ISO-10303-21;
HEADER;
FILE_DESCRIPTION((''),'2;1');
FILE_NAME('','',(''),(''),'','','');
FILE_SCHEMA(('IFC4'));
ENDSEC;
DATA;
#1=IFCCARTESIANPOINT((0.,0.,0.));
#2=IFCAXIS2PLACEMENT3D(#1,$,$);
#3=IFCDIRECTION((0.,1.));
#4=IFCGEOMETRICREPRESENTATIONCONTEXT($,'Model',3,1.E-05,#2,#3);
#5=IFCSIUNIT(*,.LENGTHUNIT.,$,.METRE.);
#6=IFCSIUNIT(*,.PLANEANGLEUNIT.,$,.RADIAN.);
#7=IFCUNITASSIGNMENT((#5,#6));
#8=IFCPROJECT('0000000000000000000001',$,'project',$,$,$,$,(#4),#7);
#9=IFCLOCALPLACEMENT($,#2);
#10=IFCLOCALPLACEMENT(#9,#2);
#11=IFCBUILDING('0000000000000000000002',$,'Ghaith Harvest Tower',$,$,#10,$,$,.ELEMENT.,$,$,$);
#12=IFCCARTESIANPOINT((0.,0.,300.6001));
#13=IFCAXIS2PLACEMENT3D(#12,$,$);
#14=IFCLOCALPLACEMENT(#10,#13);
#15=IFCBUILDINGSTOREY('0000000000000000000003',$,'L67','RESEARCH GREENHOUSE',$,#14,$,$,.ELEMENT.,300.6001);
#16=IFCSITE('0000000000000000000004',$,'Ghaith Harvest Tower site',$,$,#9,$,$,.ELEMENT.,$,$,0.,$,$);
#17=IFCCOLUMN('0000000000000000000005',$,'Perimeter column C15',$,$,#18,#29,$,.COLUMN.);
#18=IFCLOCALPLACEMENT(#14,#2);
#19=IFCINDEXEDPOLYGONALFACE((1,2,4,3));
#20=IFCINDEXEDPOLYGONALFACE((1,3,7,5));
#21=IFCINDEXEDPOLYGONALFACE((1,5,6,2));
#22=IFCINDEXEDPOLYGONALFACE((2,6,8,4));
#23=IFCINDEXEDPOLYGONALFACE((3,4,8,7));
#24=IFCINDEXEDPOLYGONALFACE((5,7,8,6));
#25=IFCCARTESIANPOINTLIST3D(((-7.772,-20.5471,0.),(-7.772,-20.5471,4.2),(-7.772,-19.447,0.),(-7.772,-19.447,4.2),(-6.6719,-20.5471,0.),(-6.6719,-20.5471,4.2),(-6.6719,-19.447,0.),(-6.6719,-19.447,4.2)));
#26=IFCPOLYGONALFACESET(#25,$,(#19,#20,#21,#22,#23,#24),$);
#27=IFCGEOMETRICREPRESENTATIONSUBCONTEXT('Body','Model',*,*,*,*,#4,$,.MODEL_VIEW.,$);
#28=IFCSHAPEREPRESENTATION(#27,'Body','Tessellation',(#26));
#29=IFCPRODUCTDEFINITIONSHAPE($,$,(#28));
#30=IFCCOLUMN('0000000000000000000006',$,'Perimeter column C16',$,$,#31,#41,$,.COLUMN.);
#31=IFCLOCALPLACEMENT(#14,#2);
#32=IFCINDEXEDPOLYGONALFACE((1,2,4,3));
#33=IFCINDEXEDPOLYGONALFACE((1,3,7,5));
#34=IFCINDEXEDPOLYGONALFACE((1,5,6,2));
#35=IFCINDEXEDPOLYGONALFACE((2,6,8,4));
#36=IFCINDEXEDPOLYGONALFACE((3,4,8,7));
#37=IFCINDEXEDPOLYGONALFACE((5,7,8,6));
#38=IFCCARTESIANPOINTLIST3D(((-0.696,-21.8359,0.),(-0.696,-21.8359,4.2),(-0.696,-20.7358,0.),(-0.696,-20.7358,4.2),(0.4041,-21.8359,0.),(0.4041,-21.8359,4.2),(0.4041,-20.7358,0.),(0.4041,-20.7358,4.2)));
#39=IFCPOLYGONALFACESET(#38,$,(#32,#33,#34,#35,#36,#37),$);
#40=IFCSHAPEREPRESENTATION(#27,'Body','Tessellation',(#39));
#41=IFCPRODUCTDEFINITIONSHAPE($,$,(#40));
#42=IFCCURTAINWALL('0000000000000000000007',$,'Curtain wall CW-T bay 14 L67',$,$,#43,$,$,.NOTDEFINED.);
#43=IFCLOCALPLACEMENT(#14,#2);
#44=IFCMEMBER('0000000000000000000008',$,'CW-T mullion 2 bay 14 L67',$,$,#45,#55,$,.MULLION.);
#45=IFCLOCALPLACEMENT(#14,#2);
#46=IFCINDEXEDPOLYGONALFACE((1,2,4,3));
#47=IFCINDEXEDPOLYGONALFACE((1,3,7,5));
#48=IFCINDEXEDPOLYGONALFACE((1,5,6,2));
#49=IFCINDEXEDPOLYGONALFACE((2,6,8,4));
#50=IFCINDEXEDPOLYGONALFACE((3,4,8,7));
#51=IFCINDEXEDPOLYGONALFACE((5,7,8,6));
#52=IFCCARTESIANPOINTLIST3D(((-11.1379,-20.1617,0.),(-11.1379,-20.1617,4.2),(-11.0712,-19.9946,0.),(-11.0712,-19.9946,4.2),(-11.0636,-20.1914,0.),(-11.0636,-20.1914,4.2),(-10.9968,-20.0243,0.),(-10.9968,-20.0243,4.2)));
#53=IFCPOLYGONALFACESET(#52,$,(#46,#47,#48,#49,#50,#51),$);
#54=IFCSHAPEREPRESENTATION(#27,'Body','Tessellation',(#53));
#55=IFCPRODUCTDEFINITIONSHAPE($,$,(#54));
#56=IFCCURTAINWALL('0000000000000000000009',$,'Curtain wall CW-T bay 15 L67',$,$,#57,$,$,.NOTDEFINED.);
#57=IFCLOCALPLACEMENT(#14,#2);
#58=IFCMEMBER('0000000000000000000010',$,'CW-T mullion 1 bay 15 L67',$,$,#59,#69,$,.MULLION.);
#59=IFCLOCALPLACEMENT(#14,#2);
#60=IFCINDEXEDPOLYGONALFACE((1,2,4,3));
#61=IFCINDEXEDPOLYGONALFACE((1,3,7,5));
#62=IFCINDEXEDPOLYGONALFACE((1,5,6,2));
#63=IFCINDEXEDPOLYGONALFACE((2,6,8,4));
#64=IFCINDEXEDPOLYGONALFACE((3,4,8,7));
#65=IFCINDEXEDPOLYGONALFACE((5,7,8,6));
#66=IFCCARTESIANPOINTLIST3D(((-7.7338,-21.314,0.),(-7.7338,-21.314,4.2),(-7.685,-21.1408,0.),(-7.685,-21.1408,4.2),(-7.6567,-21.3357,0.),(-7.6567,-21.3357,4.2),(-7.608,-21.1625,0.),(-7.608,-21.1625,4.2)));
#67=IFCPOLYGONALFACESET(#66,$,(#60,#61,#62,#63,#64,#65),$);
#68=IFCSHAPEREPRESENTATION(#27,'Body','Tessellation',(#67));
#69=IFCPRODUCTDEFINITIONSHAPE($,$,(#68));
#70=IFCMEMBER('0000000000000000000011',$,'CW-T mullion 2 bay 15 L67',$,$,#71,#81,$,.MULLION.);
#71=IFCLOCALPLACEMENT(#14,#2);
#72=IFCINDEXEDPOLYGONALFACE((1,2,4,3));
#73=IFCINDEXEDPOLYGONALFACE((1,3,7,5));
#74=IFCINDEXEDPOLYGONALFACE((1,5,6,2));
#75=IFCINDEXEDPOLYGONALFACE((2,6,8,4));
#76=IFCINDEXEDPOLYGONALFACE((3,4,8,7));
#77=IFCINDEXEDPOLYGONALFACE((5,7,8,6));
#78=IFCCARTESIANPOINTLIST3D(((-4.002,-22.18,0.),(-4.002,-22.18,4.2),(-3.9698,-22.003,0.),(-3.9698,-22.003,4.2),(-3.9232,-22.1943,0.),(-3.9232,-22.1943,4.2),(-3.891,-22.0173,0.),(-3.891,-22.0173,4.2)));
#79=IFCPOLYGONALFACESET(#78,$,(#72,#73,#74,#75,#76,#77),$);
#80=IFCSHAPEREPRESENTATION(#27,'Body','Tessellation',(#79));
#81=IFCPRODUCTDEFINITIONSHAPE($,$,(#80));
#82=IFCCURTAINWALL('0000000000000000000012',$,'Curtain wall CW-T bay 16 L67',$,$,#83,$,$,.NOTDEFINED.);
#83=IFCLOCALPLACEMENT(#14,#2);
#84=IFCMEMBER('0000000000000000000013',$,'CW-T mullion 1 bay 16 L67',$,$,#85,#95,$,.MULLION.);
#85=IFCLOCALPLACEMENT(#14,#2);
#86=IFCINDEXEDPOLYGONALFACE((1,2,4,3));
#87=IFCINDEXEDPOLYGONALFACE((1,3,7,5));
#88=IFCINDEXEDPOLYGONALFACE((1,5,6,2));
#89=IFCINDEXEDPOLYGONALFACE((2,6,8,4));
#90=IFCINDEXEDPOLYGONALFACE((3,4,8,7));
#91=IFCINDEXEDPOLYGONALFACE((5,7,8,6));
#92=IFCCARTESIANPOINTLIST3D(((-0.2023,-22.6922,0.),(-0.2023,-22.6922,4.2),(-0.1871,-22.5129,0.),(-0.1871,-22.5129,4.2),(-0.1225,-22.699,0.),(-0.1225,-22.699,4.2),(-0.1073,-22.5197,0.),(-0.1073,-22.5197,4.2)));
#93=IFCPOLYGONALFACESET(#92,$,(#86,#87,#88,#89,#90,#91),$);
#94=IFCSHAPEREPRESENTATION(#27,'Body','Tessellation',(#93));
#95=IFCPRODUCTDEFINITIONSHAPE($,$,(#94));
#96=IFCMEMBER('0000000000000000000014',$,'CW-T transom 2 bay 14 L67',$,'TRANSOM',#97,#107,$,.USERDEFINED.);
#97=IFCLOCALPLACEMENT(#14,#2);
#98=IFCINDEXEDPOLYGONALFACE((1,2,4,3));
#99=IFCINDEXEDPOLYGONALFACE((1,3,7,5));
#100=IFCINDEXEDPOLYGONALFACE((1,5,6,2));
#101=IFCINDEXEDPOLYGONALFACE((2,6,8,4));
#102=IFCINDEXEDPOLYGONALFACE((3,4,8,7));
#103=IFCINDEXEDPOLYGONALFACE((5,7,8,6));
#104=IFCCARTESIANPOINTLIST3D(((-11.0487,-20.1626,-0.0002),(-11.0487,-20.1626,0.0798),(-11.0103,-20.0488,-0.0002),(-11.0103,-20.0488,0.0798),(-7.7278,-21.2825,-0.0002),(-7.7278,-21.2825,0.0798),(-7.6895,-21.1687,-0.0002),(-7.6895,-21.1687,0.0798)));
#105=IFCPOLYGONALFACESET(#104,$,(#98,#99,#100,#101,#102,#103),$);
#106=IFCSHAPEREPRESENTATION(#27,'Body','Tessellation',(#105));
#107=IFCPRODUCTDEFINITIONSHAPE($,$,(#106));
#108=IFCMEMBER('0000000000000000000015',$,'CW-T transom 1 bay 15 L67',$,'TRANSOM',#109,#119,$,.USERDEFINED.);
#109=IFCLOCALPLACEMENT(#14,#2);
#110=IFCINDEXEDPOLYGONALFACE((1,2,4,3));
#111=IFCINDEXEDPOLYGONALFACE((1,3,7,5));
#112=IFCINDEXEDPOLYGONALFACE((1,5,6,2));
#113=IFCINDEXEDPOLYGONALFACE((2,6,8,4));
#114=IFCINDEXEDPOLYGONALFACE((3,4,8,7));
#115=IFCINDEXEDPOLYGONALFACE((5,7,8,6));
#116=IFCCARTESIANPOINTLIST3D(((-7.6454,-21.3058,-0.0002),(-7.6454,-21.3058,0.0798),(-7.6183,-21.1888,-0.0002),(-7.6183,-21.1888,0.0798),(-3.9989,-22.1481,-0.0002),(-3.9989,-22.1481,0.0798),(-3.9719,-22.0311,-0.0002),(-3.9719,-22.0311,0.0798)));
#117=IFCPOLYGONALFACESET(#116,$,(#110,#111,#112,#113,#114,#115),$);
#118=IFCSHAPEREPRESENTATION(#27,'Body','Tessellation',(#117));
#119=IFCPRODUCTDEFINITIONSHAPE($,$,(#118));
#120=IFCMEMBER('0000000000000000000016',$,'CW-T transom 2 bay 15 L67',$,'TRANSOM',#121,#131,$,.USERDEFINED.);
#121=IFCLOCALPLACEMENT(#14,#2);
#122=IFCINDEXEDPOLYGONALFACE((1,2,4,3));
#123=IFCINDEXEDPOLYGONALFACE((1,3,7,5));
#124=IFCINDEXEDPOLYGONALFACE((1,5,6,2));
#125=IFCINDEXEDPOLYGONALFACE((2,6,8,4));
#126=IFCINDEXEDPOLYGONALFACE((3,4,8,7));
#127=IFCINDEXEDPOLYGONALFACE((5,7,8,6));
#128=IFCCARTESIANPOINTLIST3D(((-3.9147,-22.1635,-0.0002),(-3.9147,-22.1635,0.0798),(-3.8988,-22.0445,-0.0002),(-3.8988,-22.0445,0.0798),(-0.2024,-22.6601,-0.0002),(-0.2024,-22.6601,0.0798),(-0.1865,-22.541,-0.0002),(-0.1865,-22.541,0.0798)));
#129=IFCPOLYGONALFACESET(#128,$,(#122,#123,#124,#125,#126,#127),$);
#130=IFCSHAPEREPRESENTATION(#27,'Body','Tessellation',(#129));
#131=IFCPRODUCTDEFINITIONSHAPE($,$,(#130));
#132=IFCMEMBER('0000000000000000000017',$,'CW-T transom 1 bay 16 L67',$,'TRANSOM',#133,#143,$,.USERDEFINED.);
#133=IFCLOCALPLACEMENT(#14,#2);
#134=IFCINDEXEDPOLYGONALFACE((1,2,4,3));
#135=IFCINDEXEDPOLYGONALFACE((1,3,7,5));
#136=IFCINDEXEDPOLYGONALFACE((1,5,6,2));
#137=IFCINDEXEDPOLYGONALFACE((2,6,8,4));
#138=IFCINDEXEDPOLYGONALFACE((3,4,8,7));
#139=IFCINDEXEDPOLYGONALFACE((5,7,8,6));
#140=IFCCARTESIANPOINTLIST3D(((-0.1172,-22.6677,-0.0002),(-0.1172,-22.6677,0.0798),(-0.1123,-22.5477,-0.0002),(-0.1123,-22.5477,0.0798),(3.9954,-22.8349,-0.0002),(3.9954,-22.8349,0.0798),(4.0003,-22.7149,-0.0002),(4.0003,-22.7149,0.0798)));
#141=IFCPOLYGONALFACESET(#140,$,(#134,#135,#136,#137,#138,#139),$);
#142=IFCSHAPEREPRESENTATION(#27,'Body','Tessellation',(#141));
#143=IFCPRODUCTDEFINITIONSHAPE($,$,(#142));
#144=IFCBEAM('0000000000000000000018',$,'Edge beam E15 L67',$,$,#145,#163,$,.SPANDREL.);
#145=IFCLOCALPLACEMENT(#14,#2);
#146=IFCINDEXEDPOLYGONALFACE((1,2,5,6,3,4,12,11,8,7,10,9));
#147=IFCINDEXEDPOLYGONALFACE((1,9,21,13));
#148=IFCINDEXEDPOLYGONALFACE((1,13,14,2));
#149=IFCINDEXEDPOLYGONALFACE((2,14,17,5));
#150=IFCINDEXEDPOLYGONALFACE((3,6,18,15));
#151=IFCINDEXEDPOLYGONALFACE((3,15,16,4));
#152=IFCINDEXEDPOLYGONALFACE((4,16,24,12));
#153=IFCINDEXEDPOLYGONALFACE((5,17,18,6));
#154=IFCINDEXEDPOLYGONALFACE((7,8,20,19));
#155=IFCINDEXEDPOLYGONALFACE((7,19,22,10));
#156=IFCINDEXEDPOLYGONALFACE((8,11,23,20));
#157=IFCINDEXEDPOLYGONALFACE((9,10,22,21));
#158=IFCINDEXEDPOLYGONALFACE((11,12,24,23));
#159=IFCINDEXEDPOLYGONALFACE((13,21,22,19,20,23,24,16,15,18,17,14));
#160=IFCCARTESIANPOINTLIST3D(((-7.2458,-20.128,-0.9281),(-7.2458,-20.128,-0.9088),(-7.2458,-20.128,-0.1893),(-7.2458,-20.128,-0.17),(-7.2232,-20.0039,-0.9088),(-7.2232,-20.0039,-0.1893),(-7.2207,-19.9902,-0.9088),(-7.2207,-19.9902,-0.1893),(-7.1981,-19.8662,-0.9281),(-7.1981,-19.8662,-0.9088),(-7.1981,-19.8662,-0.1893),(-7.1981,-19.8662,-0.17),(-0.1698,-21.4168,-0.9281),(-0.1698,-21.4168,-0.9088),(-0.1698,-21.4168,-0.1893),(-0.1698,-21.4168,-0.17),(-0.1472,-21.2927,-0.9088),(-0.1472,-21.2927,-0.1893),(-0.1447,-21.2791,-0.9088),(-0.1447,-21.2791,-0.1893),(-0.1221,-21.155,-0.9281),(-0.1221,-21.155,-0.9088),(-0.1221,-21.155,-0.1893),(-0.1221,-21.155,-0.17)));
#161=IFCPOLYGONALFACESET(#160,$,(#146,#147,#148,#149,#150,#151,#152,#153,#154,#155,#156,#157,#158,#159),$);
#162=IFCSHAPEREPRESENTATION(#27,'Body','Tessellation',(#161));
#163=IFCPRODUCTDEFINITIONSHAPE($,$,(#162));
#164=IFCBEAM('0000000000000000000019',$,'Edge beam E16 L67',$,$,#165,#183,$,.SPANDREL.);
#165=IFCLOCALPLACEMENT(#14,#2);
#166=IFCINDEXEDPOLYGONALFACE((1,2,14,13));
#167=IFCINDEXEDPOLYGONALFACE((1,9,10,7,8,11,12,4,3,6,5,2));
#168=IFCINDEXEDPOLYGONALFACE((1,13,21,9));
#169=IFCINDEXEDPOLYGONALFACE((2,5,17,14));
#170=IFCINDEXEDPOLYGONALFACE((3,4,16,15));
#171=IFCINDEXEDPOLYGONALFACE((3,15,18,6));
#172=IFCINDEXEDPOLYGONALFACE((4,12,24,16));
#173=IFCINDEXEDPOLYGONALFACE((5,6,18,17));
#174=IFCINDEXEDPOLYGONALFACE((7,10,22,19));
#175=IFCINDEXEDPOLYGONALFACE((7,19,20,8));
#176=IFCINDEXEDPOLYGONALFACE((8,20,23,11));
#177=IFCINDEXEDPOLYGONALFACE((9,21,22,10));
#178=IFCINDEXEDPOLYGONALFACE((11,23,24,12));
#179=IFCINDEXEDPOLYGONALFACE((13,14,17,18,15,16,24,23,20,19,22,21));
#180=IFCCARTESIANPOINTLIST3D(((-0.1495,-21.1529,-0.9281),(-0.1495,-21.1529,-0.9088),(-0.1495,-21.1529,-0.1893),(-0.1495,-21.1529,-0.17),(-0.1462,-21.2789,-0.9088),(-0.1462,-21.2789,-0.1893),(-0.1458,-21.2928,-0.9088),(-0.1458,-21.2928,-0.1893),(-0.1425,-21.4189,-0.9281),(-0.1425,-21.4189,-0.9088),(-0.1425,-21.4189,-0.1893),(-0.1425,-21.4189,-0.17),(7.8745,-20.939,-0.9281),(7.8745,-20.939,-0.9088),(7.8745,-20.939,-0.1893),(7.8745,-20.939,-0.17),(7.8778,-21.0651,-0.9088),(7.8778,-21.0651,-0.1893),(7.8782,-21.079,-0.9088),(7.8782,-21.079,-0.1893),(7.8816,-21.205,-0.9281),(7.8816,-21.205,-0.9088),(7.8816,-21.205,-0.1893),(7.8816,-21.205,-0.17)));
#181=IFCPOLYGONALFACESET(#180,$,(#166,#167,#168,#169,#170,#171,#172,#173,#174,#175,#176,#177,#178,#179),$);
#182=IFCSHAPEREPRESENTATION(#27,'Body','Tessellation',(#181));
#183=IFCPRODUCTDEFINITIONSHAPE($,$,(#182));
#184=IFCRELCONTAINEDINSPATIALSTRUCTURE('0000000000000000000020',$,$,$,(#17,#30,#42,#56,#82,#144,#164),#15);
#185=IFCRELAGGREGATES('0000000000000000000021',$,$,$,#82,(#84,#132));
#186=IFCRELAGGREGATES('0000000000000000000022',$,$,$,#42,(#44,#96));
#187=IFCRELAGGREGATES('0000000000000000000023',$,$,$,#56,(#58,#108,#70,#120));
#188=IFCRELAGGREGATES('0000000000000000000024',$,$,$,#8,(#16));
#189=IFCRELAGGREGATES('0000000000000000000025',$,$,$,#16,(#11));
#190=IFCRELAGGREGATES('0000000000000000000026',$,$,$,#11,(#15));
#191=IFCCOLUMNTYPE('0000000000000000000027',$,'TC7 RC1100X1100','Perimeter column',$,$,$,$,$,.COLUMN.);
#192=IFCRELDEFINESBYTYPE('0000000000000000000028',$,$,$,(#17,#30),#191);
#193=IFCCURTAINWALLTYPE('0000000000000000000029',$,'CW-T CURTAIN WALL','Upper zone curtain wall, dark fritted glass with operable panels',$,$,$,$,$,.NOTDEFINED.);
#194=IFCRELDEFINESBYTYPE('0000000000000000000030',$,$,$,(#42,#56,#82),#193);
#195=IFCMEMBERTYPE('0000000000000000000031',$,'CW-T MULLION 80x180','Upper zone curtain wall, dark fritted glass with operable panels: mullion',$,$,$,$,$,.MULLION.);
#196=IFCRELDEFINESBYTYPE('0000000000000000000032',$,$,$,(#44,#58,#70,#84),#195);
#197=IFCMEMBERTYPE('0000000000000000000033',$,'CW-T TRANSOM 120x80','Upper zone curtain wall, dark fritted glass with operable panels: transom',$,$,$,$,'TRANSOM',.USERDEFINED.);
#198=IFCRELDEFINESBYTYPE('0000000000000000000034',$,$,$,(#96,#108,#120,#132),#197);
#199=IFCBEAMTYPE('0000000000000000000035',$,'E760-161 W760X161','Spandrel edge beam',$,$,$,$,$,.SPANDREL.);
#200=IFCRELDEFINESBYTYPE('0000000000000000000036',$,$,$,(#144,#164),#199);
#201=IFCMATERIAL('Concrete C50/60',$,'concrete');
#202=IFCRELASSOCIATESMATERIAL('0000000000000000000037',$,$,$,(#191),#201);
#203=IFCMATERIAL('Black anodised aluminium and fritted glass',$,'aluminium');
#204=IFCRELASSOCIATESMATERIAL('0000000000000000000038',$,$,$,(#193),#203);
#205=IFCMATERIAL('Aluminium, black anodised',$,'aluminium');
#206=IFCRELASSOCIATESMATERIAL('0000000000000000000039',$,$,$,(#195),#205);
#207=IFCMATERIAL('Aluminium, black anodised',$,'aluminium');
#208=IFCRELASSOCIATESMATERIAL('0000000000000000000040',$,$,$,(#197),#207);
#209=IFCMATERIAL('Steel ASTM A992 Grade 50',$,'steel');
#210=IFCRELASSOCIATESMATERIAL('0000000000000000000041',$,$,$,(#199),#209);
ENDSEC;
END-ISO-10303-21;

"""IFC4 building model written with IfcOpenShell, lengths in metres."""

from ifc_helpers import new_model, si_unit, direction, frame, origin, origin_2d, place, context, subcontext, project, spatial, rectangle, i_section, extrude, material, material_profile, profile_set, type_object, element, aggregate, save


model = new_model("IFC4")

# Units and contexts
model_context = context("Model", 3, precision=1e-05, world=origin(), true_north=direction((0.0, 1.0)))
body_context = subcontext(model_context, "Body", "Model", "MODEL_VIEW")
ifc_project = project(units=[si_unit("LENGTHUNIT", "METRE"), si_unit("PLANEANGLEUNIT", "RADIAN")], contexts=[model_context])

# Site, building, storey
site_placement = place(None, origin())
site = spatial("IfcSite", under=ifc_project, at=site_placement, Name="Ghaith Harvest Tower site", CompositionType="ELEMENT", RefElevation=0.0)
building_placement = place(site_placement, origin())
building = spatial("IfcBuilding", under=site, at=building_placement, Name="Ghaith Harvest Tower", CompositionType="ELEMENT")
storey_placement = place(building_placement, frame((0.0, 0.0, 300.6001)))
storey = spatial("IfcBuildingStorey", under=building, at=storey_placement, Name="L67", Description="RESEARCH GREENHOUSE", CompositionType="ELEMENT", Elevation=300.6001)

# Columns
ifc_material_1 = material(Name="Concrete C50/60", Category="concrete")
ifc_material_profile_1 = material_profile(ifc_material_1, rectangle(XDim=1.1001, YDim=1.1001, at=origin_2d()), Name="RC1100X1100")
ifc_profile_set_1 = profile_set([ifc_material_profile_1], Name="Concrete C50/60")
column_type = type_object("IfcColumnType", Name="TC7 RC1100X1100", Description="Perimeter column", PredefinedType="COLUMN", material=ifc_profile_set_1)
for number, where, z_axis, x_axis, name in (
    (1, (-7.2219, -19.9971, 0.0), (0.0, 0.0, 1.0), (1.0, 0.0, 0.0), "Perimeter column C15"),
    (2, (-0.146, -21.2859, 0.0), (0.0, 0.0, 1.0), (1.0, 0.0, 0.0), "Perimeter column C16"),
):
    element("IfcColumn", number, at=place(storey_placement, frame(where, z_axis=z_axis, x_axis=x_axis)), inside=storey, type_object=column_type, Name=name, PredefinedType="COLUMN", context=body_context, shape_type="SweptSolid", body=[
        extrude(rectangle(XDim=1.1001, YDim=1.1001, at=origin_2d()), origin(), (0.0, 0.0, 1.0), 4.2),
    ])

# Curtain wall, member
ifc_material_2 = material(Name="Black anodised aluminium and fritted glass", Category="aluminium")
curtain_wall_type = type_object("IfcCurtainWallType", Name="CW-T CURTAIN WALL", Description="Upper zone curtain wall, dark fritted glass with operable panels", PredefinedType="NOTDEFINED", material=ifc_material_2)
curtain_wall_1_placement = place(storey_placement, origin())
curtain_wall_1 = element("IfcCurtainWall", 3, at=curtain_wall_1_placement, inside=storey, type_object=curtain_wall_type, Name="Curtain wall CW-T bay 14 L67", PredefinedType="NOTDEFINED")
ifc_material_3 = material(Name="Aluminium, black anodised", Category="aluminium")
ifc_material_profile_2 = material_profile(ifc_material_3, rectangle(XDim=0.0801, YDim=0.1799, at=origin_2d()), Name="CW-T MULLION 80x180")
ifc_profile_set_2 = profile_set([ifc_material_profile_2], Name="Aluminium, black anodised")
member_type_1 = type_object("IfcMemberType", Name="CW-T MULLION 80x180", Description="Upper zone curtain wall, dark fritted glass with operable panels: mullion", PredefinedType="MULLION", material=ifc_profile_set_2)
member_1_placement = place(storey_placement, frame((-11.0674, -20.093, 0.0), z_axis=(0.0, 0.0, 1.0), x_axis=(0.928624, -0.371021, 0.0)))
member_1 = element("IfcMember", 4, at=member_1_placement, type_object=member_type_1, Name="CW-T mullion 2 bay 14 L67", PredefinedType="MULLION", context=body_context, shape_type="SweptSolid", body=[
    extrude(rectangle(XDim=0.0801, YDim=0.1799, at=origin_2d()), origin(), (0.0, 0.0, 1.0), 4.2),
])

# Curtain wall, members
curtain_wall_2_placement = place(storey_placement, origin())
curtain_wall_2 = element("IfcCurtainWall", 5, at=curtain_wall_2_placement, inside=storey, type_object=curtain_wall_type, Name="Curtain wall CW-T bay 15 L67", PredefinedType="NOTDEFINED")
member_2_placement = place(storey_placement, frame((-7.6709, -21.2383, 0.0), z_axis=(0.0, 0.0, 1.0), x_axis=(0.962552, -0.271095, 0.0)))
member_2 = element("IfcMember", 6, at=member_2_placement, type_object=member_type_1, Name="CW-T mullion 1 bay 15 L67", PredefinedType="MULLION", context=body_context, shape_type="SweptSolid", body=[
    extrude(rectangle(XDim=0.0801, YDim=0.1799, at=origin_2d()), origin(), (0.0, 0.0, 1.0), 4.2),
])
member_3_placement = place(storey_placement, frame((-3.9465, -22.0986, 0.0), z_axis=(0.0, 0.0, 1.0), x_axis=(0.983843, -0.179031, 0.0)))
member_3 = element("IfcMember", 7, at=member_3_placement, type_object=member_type_1, Name="CW-T mullion 2 bay 15 L67", PredefinedType="MULLION", context=body_context, shape_type="SweptSolid", body=[
    extrude(rectangle(XDim=0.0801, YDim=0.1799, at=origin_2d()), origin(), (0.0, 0.0, 1.0), 4.2),
])

# Curtain wall, member
curtain_wall_3_placement = place(storey_placement, origin())
curtain_wall_3 = element("IfcCurtainWall", 8, at=curtain_wall_3_placement, inside=storey, type_object=curtain_wall_type, Name="Curtain wall CW-T bay 16 L67", PredefinedType="NOTDEFINED")
member_4_placement = place(storey_placement, frame((-0.1548, -22.606, 0.0), z_axis=(0.0, 0.0, 1.0), x_axis=(0.996415, -0.084602, 0.0)))
member_4 = element("IfcMember", 9, at=member_4_placement, type_object=member_type_1, Name="CW-T mullion 1 bay 16 L67", PredefinedType="MULLION", context=body_context, shape_type="SweptSolid", body=[
    extrude(rectangle(XDim=0.0801, YDim=0.1799, at=origin_2d()), origin(), (0.0, 0.0, 1.0), 4.2),
])

# Members
ifc_material_4 = material(Name="Aluminium, black anodised", Category="aluminium")
ifc_material_profile_3 = material_profile(ifc_material_4, rectangle(XDim=0.1201, YDim=0.0801, at=origin_2d()), Name="CW-T TRANSOM 120x80")
ifc_profile_set_3 = profile_set([ifc_material_profile_3], Name="Aluminium, black anodised")
member_type_2 = type_object("IfcMemberType", Name="CW-T TRANSOM 120x80", Description="Upper zone curtain wall, dark fritted glass with operable panels: transom", ElementType="TRANSOM", PredefinedType="USERDEFINED", material=ifc_profile_set_3)
member_5_placement = place(storey_placement, frame((-11.0295, -20.1057, 0.0398), z_axis=(0.94757, -0.319549, 0.0), x_axis=(0.319549, 0.94757, 0.0)))
member_5 = element("IfcMember", 10, at=member_5_placement, type_object=member_type_2, Name="CW-T transom 2 bay 14 L67", ObjectType="TRANSOM", PredefinedType="USERDEFINED", context=body_context, shape_type="SweptSolid", body=[
    extrude(rectangle(XDim=0.1201, YDim=0.0801, at=origin_2d()), origin(), (0.0, 0.0, 1.0), 3.5046),
])
member_6_placement = place(storey_placement, frame((-7.6318, -21.2473, 0.0398), z_axis=(0.974345, -0.22506, 0.0), x_axis=(0.22506, 0.974345, 0.0)))
member_6 = element("IfcMember", 11, at=member_6_placement, type_object=member_type_2, Name="CW-T transom 1 bay 15 L67", ObjectType="TRANSOM", PredefinedType="USERDEFINED", context=body_context, shape_type="SweptSolid", body=[
    extrude(rectangle(XDim=0.1201, YDim=0.0801, at=origin_2d()), origin(), (0.0, 0.0, 1.0), 3.7424),
])
member_7_placement = place(storey_placement, frame((-3.9067, -22.104, 0.0398), z_axis=(0.991172, -0.132582, 0.0), x_axis=(0.132582, 0.991172, 0.0)))
member_7 = element("IfcMember", 12, at=member_7_placement, type_object=member_type_2, Name="CW-T transom 2 bay 15 L67", ObjectType="TRANSOM", PredefinedType="USERDEFINED", context=body_context, shape_type="SweptSolid", body=[
    extrude(rectangle(XDim=0.1201, YDim=0.0801, at=origin_2d()), origin(), (0.0, 0.0, 1.0), 3.7454),
])
member_8_placement = place(storey_placement, frame((-0.1147, -22.6077, 0.0398), z_axis=(0.999174, -0.040631, 0.0), x_axis=(0.040631, 0.999174, 0.0)))
member_8 = element("IfcMember", 13, at=member_8_placement, type_object=member_type_2, Name="CW-T transom 1 bay 16 L67", ObjectType="TRANSOM", PredefinedType="USERDEFINED", context=body_context, shape_type="SweptSolid", body=[
    extrude(rectangle(XDim=0.1201, YDim=0.0801, at=origin_2d()), origin(), (0.0, 0.0, 1.0), 4.116),
])
aggregate(curtain_wall_3, [member_4, member_8])

# Beams
ifc_material_5 = material(Name="Steel ASTM A992 Grade 50", Category="steel")
ifc_material_profile_4 = material_profile(ifc_material_5, i_section(OverallWidth=0.2661, OverallDepth=0.7581, WebThickness=0.0139, FlangeThickness=0.0193, at=origin_2d()), Name="W760X161")
ifc_profile_set_4 = profile_set([ifc_material_profile_4], Name="Steel ASTM A992 Grade 50")
beam_type_1 = type_object("IfcBeamType", Name="E760-161 W760X161", Description="Spandrel edge beam", PredefinedType="SPANDREL", material=ifc_profile_set_4)
beam_1_placement = place(storey_placement, frame((-7.2219, -19.9971, -0.5491), z_axis=(0.983814, -0.179193, 0.0), x_axis=(0.179193, 0.983814, 0.0)))
element("IfcBeam", 14, at=beam_1_placement, inside=storey, type_object=beam_type_1, Name="Edge beam E15 L67", PredefinedType="SPANDREL", context=body_context, shape_type="SweptSolid", body=[
    extrude(i_section(OverallWidth=0.2661, OverallDepth=0.7581, WebThickness=0.0139, FlangeThickness=0.0193, at=origin_2d()), origin(), (0.0, 0.0, 1.0), 7.1924),
])
beam_2_placement = place(storey_placement, frame((-0.146, -21.2859, -0.5491), z_axis=(0.999645, 0.026644, 0.0), x_axis=(-0.026644, 0.999645, 0.0)))
element("IfcBeam", 15, at=beam_2_placement, inside=storey, type_object=beam_type_1, Name="Edge beam E16 L67", PredefinedType="SPANDREL", context=body_context, shape_type="SweptSolid", body=[
    extrude(i_section(OverallWidth=0.2661, OverallDepth=0.7581, WebThickness=0.0139, FlangeThickness=0.0193, at=origin_2d()), origin(), (0.0, 0.0, 1.0), 8.0269),
])

aggregate(curtain_wall_1, [member_1, member_5])
aggregate(curtain_wall_2, [member_2, member_6, member_3, member_7])

save(model, "model.ifc")
